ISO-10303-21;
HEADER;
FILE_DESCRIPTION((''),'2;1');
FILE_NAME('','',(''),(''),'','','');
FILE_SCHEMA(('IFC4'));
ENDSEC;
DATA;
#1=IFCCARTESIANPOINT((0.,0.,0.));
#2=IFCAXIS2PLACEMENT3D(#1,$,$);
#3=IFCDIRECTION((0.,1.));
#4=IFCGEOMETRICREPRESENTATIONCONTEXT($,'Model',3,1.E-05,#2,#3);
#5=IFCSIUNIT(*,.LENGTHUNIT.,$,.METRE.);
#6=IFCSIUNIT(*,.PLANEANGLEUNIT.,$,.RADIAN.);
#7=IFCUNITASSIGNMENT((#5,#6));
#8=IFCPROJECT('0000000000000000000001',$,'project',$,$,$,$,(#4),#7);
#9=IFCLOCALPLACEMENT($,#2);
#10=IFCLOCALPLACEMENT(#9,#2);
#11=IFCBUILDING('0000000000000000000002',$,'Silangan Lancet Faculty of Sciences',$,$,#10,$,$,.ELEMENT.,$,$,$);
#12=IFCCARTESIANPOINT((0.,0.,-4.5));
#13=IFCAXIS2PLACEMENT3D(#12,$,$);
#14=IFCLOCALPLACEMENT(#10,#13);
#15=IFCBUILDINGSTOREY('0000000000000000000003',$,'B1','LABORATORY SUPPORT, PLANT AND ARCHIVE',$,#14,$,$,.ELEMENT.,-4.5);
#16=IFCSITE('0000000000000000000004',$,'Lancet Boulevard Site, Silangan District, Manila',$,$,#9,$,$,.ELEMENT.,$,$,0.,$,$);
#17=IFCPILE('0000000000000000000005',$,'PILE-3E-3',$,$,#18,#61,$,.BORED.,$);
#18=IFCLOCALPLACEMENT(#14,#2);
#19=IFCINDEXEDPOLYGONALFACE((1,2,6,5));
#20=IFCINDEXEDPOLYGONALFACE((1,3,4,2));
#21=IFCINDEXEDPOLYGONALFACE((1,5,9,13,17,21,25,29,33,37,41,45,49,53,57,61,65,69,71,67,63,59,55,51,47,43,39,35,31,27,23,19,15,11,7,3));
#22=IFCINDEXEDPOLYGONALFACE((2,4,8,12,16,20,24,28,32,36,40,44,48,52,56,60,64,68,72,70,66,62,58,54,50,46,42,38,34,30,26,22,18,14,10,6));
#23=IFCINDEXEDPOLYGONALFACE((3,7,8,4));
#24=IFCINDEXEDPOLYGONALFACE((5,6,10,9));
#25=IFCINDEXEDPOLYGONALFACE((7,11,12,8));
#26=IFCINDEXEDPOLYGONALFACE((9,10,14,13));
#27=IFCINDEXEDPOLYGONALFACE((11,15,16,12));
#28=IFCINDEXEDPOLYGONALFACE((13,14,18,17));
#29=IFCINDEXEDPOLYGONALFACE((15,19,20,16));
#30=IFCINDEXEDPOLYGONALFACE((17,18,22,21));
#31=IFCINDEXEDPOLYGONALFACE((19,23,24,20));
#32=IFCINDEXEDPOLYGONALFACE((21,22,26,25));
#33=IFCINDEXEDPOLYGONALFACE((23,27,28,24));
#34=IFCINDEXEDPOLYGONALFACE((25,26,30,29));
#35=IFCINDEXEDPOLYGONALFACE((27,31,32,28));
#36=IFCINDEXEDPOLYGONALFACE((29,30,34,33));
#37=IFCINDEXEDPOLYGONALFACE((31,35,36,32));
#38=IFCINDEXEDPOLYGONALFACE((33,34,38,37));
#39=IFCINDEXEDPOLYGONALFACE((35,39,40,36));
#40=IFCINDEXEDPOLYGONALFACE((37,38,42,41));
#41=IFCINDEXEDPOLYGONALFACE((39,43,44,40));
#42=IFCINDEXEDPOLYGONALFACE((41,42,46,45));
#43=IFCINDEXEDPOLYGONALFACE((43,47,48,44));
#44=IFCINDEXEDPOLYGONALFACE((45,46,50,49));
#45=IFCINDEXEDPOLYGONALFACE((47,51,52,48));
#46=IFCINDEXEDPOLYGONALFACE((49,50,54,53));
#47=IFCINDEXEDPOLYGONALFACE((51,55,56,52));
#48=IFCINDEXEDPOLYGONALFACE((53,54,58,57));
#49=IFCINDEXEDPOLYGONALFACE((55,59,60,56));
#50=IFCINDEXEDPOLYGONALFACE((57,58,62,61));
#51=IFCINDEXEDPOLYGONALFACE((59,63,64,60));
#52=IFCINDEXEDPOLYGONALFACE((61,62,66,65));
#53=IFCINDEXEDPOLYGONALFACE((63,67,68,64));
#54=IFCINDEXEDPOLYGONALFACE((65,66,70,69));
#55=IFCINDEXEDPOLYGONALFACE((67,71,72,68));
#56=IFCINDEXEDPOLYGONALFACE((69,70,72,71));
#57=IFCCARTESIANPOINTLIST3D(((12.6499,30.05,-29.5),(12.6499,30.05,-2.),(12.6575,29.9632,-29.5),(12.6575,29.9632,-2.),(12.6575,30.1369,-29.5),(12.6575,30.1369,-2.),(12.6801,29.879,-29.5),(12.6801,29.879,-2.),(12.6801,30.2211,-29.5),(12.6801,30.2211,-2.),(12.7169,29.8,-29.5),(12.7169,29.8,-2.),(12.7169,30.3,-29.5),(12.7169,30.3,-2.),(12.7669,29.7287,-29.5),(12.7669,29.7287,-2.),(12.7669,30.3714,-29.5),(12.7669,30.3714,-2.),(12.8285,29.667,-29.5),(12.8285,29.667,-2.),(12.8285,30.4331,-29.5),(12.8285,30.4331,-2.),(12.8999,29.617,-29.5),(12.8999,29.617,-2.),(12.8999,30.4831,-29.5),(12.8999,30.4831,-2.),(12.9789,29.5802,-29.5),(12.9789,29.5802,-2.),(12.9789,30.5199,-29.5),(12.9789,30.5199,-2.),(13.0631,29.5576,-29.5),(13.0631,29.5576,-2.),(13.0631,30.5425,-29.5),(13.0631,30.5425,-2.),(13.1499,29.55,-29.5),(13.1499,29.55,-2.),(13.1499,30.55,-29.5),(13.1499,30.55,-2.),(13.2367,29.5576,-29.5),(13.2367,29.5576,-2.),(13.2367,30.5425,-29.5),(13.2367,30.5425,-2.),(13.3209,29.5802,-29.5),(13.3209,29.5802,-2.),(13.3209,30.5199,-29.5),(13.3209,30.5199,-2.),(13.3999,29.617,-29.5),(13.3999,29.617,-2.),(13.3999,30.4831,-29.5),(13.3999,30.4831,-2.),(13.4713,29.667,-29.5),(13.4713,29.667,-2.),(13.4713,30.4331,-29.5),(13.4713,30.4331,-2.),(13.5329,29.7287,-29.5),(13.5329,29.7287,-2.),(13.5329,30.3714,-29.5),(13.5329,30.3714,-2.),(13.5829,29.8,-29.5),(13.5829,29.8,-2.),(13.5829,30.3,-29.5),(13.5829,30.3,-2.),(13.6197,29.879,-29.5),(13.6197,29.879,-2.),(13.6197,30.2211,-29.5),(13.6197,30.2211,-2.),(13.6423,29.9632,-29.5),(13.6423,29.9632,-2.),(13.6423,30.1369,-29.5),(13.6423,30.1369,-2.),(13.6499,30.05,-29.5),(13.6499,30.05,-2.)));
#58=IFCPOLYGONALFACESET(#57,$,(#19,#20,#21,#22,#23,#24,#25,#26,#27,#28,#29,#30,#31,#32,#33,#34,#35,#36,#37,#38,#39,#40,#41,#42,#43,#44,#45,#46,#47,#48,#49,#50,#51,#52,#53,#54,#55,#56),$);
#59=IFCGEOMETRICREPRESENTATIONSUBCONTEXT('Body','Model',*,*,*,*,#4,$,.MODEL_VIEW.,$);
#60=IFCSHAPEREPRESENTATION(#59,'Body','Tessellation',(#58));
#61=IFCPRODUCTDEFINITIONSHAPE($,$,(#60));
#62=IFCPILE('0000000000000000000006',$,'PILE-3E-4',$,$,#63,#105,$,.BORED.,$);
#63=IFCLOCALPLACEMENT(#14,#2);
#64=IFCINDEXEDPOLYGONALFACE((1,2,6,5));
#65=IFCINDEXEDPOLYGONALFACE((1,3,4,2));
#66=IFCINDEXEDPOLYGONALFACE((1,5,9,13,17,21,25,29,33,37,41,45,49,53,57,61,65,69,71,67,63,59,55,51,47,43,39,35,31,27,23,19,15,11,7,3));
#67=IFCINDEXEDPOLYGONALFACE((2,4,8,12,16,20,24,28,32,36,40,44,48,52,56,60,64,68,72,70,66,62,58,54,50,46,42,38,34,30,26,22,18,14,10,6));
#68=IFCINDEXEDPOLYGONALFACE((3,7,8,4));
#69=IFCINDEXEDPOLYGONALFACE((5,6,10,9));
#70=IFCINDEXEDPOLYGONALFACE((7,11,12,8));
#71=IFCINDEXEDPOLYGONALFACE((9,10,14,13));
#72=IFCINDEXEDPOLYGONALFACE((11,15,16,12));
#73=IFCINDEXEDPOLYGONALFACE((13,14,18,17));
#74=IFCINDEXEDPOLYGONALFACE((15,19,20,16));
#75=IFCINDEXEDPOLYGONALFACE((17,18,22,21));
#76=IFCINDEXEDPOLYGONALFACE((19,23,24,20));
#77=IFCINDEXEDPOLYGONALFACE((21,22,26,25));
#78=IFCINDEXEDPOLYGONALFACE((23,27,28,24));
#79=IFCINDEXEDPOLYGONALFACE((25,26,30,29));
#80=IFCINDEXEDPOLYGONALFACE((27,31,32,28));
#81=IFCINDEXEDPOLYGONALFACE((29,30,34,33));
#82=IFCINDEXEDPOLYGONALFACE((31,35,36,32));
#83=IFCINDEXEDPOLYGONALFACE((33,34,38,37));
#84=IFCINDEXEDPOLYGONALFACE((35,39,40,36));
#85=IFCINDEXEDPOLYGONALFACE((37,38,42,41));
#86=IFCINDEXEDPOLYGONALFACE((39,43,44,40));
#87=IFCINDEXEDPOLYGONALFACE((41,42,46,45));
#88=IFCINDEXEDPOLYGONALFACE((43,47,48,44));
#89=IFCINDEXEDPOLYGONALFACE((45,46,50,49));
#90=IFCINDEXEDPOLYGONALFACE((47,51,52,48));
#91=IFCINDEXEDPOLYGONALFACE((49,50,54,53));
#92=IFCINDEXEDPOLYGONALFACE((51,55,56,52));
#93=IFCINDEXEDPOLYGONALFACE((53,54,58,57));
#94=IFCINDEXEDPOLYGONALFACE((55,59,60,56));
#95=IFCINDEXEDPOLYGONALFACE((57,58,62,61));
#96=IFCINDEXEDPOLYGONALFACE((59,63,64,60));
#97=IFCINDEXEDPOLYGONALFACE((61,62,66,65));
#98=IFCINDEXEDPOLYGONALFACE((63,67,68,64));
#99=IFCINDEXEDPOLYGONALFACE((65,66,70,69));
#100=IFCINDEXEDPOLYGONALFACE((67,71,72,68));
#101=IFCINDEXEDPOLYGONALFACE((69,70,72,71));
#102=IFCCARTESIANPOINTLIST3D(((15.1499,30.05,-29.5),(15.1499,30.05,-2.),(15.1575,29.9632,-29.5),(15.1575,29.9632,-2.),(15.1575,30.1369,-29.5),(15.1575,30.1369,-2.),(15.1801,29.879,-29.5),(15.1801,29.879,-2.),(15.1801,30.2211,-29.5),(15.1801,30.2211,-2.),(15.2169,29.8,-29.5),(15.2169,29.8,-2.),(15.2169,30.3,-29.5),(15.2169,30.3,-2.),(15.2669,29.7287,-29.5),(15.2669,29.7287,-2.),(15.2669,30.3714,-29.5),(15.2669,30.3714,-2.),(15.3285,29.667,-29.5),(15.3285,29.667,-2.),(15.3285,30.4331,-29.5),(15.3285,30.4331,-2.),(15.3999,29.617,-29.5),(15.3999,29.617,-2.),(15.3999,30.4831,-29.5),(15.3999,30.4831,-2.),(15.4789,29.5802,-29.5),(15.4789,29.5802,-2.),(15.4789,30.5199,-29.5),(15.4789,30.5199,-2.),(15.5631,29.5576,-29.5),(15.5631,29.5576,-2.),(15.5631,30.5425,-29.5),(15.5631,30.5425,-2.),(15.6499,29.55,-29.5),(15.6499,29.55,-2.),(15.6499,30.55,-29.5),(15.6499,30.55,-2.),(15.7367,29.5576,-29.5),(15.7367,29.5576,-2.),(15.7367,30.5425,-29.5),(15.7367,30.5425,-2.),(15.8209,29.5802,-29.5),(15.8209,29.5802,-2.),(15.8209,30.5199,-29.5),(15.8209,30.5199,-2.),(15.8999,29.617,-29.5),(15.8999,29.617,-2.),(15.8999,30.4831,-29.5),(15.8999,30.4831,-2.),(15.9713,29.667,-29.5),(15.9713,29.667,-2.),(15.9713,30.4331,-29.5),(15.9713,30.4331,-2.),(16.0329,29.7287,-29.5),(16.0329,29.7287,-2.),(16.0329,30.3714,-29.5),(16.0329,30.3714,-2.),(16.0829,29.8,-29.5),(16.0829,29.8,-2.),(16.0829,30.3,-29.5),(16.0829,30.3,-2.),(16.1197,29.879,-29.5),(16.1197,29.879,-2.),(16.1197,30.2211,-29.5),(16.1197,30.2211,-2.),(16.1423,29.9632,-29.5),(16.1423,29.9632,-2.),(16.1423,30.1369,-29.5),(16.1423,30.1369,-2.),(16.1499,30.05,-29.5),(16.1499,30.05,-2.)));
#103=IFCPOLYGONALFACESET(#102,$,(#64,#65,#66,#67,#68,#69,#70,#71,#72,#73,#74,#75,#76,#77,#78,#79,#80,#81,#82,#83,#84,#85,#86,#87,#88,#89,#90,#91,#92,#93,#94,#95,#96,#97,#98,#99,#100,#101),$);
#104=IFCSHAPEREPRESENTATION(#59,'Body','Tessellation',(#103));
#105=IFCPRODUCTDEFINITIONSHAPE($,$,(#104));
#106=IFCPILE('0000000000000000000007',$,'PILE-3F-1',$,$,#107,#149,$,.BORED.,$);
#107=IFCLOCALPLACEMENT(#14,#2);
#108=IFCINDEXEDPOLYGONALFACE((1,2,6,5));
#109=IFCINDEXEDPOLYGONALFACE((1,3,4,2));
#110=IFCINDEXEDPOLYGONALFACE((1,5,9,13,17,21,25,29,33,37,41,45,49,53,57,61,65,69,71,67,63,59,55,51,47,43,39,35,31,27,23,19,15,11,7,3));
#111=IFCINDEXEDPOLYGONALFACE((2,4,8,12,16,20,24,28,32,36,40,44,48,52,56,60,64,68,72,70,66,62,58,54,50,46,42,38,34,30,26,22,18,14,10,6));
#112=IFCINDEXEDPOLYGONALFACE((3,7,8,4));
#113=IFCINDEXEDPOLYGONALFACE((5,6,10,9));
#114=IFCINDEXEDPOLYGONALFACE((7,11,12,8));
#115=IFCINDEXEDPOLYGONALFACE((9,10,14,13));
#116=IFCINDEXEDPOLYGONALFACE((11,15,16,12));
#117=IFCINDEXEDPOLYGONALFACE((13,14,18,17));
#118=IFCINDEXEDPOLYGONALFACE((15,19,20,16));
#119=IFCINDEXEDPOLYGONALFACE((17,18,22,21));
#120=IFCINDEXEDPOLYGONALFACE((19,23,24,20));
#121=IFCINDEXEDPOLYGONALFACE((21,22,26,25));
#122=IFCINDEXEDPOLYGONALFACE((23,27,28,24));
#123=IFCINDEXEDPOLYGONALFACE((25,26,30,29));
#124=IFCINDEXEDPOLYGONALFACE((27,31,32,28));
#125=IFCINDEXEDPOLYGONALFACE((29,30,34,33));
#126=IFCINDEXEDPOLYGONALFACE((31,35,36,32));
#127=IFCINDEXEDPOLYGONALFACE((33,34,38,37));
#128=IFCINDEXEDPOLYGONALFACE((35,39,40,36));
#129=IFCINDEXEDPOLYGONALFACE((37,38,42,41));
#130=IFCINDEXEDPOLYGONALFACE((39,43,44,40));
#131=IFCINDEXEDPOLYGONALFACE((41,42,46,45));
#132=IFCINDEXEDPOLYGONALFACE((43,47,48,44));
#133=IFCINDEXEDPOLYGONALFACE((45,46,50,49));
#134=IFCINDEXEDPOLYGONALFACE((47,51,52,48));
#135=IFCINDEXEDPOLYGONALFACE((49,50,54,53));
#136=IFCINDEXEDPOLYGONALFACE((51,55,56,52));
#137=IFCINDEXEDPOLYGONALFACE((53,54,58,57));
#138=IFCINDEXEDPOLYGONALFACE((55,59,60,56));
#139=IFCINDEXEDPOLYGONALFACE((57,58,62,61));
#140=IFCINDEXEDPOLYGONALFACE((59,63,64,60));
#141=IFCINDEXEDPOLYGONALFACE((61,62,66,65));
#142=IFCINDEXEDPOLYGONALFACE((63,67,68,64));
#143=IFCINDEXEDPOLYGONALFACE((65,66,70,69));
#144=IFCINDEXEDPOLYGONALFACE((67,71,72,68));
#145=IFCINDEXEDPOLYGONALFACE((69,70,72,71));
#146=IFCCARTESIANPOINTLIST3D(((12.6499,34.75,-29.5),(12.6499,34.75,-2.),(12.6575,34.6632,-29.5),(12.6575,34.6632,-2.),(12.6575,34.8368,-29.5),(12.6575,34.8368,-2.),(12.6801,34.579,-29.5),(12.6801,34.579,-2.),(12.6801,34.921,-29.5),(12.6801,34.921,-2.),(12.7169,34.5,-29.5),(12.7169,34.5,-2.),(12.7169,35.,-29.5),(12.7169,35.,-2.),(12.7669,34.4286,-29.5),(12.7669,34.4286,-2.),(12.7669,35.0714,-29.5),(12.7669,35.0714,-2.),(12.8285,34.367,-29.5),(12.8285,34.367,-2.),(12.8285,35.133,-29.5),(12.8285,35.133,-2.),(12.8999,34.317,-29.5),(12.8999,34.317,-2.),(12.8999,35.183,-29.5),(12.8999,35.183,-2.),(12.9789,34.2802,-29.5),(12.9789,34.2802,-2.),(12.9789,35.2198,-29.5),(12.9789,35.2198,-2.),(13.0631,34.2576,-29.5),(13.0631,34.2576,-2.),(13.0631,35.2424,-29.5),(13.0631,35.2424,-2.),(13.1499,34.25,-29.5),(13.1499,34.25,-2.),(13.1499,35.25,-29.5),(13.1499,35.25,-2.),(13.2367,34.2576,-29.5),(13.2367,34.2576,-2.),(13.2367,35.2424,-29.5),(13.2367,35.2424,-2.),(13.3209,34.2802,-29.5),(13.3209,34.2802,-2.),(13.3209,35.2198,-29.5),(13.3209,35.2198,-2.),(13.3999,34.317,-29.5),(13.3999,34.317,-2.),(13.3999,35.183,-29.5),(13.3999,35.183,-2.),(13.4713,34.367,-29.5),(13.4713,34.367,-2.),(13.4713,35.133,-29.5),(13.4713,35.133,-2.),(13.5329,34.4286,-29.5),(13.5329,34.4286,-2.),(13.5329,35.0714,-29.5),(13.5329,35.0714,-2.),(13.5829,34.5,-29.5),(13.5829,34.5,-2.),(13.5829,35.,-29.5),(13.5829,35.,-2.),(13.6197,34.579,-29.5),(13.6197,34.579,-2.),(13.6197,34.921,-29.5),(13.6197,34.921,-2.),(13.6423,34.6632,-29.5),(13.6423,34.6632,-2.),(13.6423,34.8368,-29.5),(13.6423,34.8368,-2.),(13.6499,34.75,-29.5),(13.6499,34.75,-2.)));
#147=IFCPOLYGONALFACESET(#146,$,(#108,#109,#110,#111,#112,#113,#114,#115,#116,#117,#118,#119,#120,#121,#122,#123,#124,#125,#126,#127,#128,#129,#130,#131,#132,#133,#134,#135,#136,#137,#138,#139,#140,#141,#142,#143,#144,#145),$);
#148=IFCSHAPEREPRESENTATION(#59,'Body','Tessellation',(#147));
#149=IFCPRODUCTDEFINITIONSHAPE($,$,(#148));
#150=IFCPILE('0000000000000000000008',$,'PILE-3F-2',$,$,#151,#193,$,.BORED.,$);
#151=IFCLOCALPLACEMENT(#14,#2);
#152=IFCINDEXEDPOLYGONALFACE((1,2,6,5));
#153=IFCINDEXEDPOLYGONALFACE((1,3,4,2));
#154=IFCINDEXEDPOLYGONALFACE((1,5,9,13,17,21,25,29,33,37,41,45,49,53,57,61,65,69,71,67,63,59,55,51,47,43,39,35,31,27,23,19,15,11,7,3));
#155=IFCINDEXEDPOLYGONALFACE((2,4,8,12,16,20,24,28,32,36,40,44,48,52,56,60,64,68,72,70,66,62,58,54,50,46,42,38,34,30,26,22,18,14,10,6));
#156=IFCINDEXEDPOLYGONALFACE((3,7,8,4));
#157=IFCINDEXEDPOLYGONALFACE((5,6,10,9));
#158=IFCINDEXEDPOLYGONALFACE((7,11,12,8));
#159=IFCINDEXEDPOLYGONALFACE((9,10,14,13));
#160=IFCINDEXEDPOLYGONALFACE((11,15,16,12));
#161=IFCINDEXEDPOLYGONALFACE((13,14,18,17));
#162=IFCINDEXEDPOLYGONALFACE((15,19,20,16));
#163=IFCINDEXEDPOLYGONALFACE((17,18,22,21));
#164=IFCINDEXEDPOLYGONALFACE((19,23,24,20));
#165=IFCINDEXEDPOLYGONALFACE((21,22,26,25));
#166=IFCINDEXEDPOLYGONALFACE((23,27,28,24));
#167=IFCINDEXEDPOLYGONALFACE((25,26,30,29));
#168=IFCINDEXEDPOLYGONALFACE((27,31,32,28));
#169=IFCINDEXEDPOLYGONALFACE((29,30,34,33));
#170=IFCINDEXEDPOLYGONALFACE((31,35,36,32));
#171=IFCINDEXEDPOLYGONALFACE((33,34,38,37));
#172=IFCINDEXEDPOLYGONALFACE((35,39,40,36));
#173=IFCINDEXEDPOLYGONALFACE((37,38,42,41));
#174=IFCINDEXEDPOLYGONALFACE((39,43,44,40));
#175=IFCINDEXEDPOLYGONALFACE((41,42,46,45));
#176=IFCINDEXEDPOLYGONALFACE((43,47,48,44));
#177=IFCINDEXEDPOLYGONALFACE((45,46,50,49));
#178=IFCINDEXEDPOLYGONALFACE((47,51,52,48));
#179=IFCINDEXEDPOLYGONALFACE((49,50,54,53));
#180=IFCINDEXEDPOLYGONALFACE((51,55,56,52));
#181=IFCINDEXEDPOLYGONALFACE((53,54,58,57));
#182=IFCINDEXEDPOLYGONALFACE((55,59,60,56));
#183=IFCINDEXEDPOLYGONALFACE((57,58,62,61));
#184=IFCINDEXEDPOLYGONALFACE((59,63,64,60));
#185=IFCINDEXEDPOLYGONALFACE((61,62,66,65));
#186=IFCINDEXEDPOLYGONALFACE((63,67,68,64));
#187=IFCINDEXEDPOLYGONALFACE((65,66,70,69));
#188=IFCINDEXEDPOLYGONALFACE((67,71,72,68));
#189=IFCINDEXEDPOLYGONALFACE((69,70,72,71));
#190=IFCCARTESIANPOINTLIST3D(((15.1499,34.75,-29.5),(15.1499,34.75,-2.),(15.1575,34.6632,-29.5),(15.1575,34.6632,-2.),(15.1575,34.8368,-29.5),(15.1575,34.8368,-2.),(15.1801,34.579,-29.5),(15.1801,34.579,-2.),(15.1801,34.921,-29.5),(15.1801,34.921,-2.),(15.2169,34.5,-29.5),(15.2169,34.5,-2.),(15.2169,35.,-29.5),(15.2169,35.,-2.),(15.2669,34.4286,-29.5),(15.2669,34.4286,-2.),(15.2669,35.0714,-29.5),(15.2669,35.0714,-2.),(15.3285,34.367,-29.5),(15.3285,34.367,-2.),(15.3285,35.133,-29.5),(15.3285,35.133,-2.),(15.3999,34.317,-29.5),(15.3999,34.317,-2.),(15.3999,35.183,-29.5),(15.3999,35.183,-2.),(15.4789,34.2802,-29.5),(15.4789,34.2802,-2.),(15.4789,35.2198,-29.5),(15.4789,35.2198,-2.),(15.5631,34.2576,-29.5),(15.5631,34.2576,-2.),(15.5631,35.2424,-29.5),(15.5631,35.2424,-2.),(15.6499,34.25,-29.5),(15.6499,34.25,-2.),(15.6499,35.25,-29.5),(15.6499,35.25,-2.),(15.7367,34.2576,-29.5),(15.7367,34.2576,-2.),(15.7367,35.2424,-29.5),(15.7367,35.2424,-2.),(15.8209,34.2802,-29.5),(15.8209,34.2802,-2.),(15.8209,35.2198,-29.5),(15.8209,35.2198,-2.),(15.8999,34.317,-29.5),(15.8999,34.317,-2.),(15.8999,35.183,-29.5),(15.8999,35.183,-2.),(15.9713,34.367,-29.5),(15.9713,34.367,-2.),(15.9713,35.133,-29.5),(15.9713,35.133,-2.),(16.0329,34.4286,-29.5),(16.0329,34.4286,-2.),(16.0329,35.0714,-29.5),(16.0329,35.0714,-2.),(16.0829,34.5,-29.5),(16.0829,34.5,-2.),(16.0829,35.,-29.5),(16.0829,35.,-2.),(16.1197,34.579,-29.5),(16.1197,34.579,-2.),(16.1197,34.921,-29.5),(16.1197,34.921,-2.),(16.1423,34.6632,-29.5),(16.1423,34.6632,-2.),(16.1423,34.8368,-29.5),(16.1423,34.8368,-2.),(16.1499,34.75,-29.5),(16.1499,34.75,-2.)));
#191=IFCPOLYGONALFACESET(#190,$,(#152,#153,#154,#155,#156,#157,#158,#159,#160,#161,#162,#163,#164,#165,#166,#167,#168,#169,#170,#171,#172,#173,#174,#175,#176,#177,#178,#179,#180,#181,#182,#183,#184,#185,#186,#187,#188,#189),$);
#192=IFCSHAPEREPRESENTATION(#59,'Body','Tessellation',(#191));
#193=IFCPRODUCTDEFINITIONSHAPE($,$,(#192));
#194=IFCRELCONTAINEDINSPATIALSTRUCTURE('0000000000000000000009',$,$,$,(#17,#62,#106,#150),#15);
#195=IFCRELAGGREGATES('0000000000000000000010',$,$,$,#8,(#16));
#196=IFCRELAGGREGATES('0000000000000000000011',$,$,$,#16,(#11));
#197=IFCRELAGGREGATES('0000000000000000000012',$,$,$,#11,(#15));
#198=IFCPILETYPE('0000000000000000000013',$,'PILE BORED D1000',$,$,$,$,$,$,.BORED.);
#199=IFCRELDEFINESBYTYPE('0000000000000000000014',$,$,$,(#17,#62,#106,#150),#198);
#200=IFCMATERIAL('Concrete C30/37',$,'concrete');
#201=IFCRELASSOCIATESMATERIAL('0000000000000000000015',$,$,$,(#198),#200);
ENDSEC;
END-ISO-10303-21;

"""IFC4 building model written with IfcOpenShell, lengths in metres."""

from ifc_helpers import new_model, si_unit, direction, frame, origin, origin_2d, place, context, subcontext, project, spatial, circle, extrude, material, material_profile, profile_set, type_object, element, save


model = new_model("IFC4")

# Units and contexts
model_context = context("Model", 3, precision=1e-05, world=origin(), true_north=direction((0.0, 1.0)))
body_context = subcontext(model_context, "Body", "Model", "MODEL_VIEW")
ifc_project = project(units=[si_unit("LENGTHUNIT", "METRE"), si_unit("PLANEANGLEUNIT", "RADIAN")], contexts=[model_context])

# Site, building, storey
site_placement = place(None, origin())
site = spatial("IfcSite", under=ifc_project, at=site_placement, Name="Lancet Boulevard Site, Silangan District, Manila", CompositionType="ELEMENT", RefElevation=0.0)
building_placement = place(site_placement, origin())
building = spatial("IfcBuilding", under=site, at=building_placement, Name="Silangan Lancet Faculty of Sciences", CompositionType="ELEMENT")
storey_placement = place(building_placement, frame((0.0, 0.0, -4.5)))
storey = spatial("IfcBuildingStorey", under=building, at=storey_placement, Name="B1", Description="LABORATORY SUPPORT, PLANT AND ARCHIVE", CompositionType="ELEMENT", Elevation=-4.5)

# Piles
ifc_material_1 = material(Name="Concrete C30/37", Category="concrete")
ifc_material_profile_1 = material_profile(ifc_material_1, circle(Radius=0.5, at=origin_2d()), Name="BORED PILE D1000")
ifc_profile_set_1 = profile_set([ifc_material_profile_1], Name="Concrete C30/37")
pile_type = type_object("IfcPileType", Name="PILE BORED D1000", PredefinedType="BORED", material=ifc_profile_set_1)
for number, where, z_axis, x_axis, name in (
    (1, (13.1499, 30.05, -2.0), (0.0, 0.0, -1.0), (1.0, 0.0, 0.0), "PILE-3E-3"),
    (2, (15.6499, 30.05, -2.0), (0.0, 0.0, -1.0), (1.0, 0.0, 0.0), "PILE-3E-4"),
    (3, (13.1499, 34.75, -2.0), (0.0, 0.0, -1.0), (1.0, 0.0, 0.0), "PILE-3F-1"),
    (4, (15.6499, 34.75, -2.0), (0.0, 0.0, -1.0), (1.0, 0.0, 0.0), "PILE-3F-2"),
):
    element("IfcPile", number, at=place(storey_placement, frame(where, z_axis=z_axis, x_axis=x_axis)), inside=storey, type_object=pile_type, Name=name, PredefinedType="BORED", context=body_context, shape_type="SweptSolid", body=[
        extrude(circle(Radius=0.5, at=origin_2d()), origin(), (0.0, 0.0, 1.0), 27.5),
    ])

save(model, "model.ifc")
